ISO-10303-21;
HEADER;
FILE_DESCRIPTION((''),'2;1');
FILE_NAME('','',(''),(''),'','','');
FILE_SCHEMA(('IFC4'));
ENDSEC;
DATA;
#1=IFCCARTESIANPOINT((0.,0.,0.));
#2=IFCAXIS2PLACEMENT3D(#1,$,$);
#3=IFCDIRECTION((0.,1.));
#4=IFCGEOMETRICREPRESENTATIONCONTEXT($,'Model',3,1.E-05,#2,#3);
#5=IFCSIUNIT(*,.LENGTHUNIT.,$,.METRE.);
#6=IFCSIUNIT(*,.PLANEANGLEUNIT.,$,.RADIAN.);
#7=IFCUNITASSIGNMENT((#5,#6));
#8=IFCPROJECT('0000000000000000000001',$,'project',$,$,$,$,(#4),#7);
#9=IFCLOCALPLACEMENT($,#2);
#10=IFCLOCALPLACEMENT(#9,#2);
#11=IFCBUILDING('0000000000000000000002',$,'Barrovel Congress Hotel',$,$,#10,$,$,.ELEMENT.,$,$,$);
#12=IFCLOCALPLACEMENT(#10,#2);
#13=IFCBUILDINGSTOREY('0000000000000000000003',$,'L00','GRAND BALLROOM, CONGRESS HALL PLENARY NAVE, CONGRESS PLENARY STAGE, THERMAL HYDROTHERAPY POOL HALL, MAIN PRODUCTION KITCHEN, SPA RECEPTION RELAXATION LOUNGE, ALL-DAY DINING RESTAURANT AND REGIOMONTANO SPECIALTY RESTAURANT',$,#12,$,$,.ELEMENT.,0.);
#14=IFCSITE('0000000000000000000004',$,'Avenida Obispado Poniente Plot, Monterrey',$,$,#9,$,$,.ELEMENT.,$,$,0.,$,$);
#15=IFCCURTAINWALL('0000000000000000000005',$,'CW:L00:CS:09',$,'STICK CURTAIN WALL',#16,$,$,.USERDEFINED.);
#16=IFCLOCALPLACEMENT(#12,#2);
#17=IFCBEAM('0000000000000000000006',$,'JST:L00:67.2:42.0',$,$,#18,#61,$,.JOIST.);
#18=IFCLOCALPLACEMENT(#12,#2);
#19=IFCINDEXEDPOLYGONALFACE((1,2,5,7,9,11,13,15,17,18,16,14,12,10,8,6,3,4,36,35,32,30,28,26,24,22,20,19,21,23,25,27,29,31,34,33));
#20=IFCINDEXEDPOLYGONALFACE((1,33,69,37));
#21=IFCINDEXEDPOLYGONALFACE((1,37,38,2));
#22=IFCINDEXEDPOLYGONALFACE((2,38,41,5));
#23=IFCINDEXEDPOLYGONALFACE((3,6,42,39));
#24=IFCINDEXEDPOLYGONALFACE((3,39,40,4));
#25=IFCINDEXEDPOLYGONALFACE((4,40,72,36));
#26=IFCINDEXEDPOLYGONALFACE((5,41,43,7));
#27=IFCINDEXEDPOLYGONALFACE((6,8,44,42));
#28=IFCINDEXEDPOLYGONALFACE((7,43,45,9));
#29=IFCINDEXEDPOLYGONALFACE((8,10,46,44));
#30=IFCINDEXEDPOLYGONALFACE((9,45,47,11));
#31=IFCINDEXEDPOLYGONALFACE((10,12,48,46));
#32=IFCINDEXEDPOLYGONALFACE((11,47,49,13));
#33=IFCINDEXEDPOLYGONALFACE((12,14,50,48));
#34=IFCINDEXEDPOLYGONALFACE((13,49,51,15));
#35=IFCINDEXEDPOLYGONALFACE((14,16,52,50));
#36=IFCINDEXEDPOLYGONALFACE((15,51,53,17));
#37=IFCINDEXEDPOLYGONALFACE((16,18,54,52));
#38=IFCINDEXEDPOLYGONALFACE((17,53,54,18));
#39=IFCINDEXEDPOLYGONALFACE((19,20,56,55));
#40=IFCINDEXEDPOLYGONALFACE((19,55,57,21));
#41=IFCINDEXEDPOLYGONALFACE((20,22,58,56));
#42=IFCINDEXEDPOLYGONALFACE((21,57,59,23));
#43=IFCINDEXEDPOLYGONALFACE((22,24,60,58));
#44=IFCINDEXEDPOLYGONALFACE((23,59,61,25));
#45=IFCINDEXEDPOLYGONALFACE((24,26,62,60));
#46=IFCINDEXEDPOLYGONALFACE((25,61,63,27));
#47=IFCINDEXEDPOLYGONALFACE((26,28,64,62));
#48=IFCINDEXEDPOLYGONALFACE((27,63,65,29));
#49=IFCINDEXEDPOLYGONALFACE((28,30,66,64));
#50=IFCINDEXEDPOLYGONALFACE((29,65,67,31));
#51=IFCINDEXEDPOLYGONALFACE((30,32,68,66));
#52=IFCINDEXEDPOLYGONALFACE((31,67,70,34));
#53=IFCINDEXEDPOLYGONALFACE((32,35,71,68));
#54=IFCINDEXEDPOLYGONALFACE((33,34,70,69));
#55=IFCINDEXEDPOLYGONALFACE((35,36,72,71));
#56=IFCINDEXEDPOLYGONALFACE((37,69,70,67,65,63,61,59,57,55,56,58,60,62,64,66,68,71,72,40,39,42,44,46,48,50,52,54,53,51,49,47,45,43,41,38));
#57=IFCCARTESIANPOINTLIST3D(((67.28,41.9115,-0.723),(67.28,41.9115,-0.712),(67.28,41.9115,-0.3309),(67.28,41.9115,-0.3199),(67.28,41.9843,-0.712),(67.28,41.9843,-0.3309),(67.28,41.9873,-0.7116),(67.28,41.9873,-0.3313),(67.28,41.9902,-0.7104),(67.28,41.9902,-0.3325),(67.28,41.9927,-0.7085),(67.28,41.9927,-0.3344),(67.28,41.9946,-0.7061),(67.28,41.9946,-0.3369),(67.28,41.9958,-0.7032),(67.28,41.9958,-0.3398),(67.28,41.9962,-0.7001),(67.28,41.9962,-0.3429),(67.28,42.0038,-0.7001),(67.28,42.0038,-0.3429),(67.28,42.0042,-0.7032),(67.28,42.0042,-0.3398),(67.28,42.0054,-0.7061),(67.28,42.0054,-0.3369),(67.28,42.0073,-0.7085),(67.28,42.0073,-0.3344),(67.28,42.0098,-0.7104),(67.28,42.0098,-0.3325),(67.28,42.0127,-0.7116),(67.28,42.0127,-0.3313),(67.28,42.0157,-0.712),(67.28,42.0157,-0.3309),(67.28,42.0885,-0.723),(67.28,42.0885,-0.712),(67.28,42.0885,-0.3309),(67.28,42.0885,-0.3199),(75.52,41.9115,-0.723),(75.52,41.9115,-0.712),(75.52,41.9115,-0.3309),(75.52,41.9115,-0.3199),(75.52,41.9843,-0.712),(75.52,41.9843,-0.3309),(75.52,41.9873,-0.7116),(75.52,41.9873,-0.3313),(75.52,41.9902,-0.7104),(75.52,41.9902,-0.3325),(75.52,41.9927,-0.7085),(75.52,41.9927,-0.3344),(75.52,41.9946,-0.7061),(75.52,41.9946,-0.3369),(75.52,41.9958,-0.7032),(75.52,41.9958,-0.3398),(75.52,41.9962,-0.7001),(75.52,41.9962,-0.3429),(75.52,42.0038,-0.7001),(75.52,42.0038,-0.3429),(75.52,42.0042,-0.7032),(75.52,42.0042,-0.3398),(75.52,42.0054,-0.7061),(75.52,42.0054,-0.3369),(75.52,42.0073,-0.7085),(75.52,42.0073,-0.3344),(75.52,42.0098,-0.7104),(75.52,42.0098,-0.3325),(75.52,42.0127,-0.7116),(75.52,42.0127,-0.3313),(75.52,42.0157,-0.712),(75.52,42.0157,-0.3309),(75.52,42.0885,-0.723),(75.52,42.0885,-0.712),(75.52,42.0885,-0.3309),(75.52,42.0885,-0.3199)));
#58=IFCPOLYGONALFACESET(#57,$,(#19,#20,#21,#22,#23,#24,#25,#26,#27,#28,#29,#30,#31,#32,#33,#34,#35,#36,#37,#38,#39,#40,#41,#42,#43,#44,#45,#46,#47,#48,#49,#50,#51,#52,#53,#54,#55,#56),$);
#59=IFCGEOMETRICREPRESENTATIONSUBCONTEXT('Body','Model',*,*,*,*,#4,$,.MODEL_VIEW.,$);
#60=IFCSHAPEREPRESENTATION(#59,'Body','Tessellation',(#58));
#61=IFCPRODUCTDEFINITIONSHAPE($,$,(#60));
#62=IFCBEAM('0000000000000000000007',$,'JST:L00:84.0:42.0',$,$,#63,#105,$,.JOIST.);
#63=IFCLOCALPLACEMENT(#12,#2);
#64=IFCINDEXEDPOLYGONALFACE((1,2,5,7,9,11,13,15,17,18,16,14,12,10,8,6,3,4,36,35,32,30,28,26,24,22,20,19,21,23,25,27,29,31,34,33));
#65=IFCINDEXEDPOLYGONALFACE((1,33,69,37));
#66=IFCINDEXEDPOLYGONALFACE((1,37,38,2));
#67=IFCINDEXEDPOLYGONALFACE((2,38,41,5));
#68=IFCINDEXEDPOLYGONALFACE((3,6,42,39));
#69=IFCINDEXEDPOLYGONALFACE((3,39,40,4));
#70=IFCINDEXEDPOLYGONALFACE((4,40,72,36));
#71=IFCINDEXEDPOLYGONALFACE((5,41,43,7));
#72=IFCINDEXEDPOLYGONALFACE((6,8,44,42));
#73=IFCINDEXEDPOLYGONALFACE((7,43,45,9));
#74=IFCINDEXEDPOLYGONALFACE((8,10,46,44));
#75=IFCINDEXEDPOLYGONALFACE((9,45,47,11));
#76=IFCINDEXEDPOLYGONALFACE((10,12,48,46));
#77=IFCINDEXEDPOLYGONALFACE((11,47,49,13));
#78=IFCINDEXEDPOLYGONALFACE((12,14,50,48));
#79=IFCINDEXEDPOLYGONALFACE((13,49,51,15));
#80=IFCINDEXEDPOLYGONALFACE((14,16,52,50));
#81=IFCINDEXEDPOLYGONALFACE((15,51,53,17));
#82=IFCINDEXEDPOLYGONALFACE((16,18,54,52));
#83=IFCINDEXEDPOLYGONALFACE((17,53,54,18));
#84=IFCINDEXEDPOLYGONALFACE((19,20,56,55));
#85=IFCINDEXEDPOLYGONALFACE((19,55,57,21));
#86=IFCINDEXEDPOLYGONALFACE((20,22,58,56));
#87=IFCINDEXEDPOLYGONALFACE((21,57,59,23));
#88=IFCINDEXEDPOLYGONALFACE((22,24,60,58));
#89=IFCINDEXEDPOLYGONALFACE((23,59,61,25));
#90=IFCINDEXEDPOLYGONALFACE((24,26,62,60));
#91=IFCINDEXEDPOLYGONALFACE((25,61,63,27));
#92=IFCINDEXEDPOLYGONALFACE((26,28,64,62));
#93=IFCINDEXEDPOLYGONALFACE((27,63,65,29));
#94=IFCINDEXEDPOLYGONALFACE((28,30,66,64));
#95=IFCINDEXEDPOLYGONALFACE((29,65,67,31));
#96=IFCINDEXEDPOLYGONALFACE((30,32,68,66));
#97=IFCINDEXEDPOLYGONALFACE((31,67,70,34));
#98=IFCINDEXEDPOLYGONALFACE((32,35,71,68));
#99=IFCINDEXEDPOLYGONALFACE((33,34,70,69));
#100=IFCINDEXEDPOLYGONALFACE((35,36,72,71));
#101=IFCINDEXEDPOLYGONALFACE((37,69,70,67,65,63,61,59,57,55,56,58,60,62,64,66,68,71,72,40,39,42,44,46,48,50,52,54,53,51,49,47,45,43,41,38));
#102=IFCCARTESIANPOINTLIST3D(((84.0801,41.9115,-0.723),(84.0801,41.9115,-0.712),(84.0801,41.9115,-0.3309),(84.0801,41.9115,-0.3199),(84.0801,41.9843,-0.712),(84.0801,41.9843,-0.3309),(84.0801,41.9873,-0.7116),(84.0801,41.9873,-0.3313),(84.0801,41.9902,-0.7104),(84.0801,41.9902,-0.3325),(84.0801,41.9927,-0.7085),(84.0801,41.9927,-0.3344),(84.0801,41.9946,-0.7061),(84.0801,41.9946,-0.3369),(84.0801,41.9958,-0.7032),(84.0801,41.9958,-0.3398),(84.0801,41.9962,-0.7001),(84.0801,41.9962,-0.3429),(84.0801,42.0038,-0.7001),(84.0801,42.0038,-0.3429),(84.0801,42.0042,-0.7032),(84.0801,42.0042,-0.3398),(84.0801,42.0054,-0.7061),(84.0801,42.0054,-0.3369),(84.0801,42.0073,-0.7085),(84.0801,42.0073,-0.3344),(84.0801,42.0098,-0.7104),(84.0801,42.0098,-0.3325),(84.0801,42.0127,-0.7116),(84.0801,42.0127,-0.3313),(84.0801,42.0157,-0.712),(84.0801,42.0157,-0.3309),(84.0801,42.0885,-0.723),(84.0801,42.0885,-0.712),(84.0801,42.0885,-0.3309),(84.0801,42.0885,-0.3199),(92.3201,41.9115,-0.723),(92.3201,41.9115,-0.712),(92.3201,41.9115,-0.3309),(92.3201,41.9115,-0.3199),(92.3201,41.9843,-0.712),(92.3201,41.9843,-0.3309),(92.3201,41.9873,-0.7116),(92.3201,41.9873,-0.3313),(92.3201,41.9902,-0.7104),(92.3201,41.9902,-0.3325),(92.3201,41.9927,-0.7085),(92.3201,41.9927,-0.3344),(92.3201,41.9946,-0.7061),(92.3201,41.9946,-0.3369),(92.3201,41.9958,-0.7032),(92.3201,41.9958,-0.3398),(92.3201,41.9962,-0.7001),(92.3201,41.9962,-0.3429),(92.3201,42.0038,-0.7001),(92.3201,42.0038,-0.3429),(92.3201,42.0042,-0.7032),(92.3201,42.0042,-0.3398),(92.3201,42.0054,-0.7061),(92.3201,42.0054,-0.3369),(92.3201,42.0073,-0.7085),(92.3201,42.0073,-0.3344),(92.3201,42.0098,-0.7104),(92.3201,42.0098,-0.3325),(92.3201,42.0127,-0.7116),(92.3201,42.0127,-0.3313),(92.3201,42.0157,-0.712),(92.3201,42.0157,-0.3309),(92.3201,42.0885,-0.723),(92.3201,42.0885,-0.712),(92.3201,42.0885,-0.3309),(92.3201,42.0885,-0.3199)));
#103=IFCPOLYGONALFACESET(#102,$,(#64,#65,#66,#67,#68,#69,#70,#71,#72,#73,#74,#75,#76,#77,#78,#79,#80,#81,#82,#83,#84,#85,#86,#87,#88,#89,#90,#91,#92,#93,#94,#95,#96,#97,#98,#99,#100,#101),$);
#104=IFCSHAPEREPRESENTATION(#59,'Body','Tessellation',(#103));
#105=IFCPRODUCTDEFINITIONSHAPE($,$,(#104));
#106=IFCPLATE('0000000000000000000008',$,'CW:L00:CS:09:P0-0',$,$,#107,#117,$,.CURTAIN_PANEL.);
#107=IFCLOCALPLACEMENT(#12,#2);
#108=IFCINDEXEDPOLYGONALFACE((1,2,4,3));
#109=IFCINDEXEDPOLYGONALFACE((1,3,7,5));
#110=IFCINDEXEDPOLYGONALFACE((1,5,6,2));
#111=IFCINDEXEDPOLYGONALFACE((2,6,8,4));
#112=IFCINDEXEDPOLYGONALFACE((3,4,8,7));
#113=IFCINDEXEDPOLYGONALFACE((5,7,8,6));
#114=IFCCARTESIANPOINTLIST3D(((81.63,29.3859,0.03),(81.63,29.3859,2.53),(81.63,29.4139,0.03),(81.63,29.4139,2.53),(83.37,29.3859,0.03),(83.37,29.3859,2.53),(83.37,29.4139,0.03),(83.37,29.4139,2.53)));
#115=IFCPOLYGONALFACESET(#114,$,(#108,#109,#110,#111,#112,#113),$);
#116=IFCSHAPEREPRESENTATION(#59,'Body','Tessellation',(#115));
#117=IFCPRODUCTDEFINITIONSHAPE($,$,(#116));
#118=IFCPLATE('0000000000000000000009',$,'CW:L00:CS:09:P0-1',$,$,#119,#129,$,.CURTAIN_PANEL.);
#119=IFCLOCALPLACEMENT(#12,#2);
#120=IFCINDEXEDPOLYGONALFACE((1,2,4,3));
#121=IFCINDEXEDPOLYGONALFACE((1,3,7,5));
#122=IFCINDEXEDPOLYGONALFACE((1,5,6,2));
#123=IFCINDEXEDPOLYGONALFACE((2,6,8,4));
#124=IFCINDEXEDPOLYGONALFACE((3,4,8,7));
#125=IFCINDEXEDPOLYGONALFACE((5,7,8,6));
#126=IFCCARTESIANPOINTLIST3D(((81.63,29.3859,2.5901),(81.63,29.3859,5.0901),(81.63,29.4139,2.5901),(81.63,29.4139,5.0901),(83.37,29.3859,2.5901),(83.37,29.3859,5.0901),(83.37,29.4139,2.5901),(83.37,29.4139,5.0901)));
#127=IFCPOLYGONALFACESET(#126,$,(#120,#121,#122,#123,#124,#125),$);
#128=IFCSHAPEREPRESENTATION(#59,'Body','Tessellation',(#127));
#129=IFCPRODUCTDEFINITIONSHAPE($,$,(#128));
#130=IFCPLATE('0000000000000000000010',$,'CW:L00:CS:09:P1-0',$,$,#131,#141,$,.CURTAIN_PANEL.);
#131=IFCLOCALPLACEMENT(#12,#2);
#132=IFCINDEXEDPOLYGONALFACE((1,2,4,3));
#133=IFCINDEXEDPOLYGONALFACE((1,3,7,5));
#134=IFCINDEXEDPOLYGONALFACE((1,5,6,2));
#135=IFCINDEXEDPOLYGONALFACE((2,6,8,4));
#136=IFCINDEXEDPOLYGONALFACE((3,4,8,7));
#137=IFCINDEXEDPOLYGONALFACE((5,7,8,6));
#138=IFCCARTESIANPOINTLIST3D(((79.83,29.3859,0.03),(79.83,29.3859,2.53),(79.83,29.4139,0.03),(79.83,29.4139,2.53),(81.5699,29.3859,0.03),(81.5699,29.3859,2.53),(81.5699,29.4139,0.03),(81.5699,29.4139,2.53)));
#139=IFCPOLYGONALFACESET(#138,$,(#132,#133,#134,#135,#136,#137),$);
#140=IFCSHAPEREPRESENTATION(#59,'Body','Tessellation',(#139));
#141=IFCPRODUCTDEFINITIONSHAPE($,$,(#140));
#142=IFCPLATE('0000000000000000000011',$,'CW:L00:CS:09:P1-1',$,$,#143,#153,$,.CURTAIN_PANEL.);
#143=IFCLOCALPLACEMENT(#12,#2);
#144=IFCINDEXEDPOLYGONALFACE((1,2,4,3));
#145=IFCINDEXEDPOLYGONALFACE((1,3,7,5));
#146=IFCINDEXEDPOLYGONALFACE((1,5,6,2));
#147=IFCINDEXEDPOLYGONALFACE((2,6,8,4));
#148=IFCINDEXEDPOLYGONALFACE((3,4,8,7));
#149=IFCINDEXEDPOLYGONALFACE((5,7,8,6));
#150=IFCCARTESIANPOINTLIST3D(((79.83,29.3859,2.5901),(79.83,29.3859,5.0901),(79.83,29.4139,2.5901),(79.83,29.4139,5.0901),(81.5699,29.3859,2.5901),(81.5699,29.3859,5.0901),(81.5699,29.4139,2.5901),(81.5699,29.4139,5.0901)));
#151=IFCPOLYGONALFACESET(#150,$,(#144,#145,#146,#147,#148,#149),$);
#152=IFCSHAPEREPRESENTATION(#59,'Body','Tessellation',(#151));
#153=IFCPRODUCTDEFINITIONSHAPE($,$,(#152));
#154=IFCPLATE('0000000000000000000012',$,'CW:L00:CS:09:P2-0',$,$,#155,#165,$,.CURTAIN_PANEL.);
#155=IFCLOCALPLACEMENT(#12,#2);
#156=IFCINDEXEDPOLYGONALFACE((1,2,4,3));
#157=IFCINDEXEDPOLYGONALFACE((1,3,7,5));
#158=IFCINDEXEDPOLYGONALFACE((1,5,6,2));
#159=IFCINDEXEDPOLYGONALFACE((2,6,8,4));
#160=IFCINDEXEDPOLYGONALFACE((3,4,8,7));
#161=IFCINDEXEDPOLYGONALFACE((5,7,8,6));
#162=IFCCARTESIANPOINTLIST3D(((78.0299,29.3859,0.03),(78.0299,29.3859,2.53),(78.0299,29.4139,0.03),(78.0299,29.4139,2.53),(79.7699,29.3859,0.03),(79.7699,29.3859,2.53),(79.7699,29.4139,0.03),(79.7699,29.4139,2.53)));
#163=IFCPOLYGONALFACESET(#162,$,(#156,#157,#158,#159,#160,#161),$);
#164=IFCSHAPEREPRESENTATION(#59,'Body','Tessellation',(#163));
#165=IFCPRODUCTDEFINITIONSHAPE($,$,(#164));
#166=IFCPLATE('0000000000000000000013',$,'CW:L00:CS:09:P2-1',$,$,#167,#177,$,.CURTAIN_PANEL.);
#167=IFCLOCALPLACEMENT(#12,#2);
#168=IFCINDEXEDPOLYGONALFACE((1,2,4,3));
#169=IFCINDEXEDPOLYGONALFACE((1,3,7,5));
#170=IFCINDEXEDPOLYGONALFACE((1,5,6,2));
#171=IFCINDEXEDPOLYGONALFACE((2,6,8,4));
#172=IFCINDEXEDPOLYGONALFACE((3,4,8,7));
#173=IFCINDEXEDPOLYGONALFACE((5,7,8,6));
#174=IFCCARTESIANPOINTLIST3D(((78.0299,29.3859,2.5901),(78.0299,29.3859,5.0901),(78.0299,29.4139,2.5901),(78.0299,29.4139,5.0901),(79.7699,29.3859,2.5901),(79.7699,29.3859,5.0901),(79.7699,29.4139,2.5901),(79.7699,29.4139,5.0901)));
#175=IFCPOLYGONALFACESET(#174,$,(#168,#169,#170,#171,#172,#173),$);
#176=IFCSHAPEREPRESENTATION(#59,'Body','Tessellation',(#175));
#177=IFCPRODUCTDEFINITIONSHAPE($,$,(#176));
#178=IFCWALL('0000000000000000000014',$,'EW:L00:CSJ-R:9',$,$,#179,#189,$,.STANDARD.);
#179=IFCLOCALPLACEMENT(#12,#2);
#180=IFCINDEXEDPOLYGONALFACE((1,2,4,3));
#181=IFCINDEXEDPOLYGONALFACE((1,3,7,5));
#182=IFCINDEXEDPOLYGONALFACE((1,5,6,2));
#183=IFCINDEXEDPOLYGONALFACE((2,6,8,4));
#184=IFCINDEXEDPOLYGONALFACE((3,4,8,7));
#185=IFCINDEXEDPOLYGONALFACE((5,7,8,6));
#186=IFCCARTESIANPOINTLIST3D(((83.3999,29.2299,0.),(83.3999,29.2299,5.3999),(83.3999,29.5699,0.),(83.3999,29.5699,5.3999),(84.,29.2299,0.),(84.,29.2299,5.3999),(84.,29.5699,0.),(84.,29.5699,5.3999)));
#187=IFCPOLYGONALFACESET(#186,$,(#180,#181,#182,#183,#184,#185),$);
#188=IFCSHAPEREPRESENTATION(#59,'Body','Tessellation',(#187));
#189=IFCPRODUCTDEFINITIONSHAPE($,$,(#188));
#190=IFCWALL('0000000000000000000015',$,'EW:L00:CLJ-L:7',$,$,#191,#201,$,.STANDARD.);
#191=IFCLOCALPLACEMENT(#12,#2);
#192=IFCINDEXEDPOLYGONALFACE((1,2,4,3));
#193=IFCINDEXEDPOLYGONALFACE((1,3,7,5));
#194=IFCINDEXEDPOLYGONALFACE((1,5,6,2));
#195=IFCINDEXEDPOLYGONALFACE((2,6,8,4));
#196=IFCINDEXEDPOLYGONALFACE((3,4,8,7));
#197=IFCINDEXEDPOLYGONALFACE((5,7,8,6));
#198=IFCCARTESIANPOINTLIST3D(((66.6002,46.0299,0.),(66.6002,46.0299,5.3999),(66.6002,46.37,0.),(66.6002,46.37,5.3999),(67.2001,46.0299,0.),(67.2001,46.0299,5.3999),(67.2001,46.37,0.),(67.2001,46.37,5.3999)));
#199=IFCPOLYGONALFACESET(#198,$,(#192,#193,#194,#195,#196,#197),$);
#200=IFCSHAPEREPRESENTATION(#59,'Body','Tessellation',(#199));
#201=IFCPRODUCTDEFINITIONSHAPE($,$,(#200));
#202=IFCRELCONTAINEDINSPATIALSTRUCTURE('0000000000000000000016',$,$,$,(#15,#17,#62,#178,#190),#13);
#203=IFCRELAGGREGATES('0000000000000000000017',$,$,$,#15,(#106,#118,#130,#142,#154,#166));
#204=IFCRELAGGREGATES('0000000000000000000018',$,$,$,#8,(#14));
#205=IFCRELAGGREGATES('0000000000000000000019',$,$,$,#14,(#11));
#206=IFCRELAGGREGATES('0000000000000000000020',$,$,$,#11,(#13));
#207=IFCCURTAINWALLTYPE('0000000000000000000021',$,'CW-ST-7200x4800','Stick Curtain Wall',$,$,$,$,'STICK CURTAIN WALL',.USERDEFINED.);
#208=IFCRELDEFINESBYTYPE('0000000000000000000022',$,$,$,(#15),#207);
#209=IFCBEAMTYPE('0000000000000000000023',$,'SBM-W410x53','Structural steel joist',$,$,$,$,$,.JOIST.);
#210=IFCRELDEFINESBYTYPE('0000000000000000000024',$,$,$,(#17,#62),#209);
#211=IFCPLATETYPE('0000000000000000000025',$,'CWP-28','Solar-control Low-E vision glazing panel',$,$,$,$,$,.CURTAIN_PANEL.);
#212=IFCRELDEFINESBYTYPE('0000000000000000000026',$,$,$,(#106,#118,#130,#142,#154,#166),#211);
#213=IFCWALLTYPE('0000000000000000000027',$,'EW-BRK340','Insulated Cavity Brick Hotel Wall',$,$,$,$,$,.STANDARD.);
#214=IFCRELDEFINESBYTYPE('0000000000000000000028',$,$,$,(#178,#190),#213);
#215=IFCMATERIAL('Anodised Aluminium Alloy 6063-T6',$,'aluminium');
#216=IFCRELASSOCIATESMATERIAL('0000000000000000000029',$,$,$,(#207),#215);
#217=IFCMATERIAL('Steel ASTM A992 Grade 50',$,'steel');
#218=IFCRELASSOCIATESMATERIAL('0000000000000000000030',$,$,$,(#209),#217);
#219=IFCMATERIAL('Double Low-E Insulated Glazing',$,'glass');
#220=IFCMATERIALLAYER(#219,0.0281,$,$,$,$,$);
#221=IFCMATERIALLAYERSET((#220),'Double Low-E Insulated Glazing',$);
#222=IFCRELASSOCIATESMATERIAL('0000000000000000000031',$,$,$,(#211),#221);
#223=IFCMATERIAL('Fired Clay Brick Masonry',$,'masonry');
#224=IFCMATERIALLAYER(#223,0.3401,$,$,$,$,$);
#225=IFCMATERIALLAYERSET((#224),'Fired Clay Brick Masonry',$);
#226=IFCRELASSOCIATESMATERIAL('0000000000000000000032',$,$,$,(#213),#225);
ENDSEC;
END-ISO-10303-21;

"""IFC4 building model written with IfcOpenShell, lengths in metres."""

from ifc_helpers import new_model, si_unit, direction, frame, frame_2d, origin, origin_2d, place, context, subcontext, project, spatial, rectangle, i_section, extrude, material, layer, layer_set, material_profile, profile_set, type_object, element, aggregate, save


model = new_model("IFC4")

# Units and contexts
model_context = context("Model", 3, precision=1e-05, world=origin(), true_north=direction((0.0, 1.0)))
body_context = subcontext(model_context, "Body", "Model", "MODEL_VIEW")
ifc_project = project(units=[si_unit("LENGTHUNIT", "METRE"), si_unit("PLANEANGLEUNIT", "RADIAN")], contexts=[model_context])

# Site, building, storey
site_placement = place(None, origin())
site = spatial("IfcSite", under=ifc_project, at=site_placement, Name="Avenida Obispado Poniente Plot, Monterrey", CompositionType="ELEMENT", RefElevation=0.0)
building_placement = place(site_placement, origin())
building = spatial("IfcBuilding", under=site, at=building_placement, Name="Barrovel Congress Hotel", CompositionType="ELEMENT")
storey_placement = place(building_placement, origin())
storey = spatial("IfcBuildingStorey", under=building, at=storey_placement, Name="L00", Description="GRAND BALLROOM, CONGRESS HALL PLENARY NAVE, CONGRESS PLENARY STAGE, THERMAL HYDROTHERAPY POOL HALL, MAIN PRODUCTION KITCHEN, SPA RECEPTION RELAXATION LOUNGE, ALL-DAY DINING RESTAURANT AND REGIOMONTANO SPECIALTY RESTAURANT", CompositionType="ELEMENT", Elevation=0.0)

# Curtain wall
ifc_material_1 = material(Name="Anodised Aluminium Alloy 6063-T6", Category="aluminium")
curtain_wall_type = type_object("IfcCurtainWallType", Name="CW-ST-7200x4800", Description="Stick Curtain Wall", ElementType="STICK CURTAIN WALL", PredefinedType="USERDEFINED", material=ifc_material_1)
curtain_wall_placement = place(storey_placement, origin())
curtain_wall = element("IfcCurtainWall", 1, at=curtain_wall_placement, inside=storey, type_object=curtain_wall_type, Name="CW:L00:CS:09", ObjectType="STICK CURTAIN WALL", PredefinedType="USERDEFINED")

# Beams
ifc_material_2 = material(Name="Steel ASTM A992 Grade 50", Category="steel")
ifc_material_profile_1 = material_profile(ifc_material_2, i_section(OverallWidth=0.177, OverallDepth=0.4031, WebThickness=0.0076, FlangeThickness=0.011, FilletRadius=0.012, at=origin_2d()), Name="W410x53")
ifc_profile_set_1 = profile_set([ifc_material_profile_1], Name="Steel ASTM A992 Grade 50")
beam_type_1 = type_object("IfcBeamType", Name="SBM-W410x53", Description="Structural steel joist", PredefinedType="JOIST", material=ifc_profile_set_1)
for number, where, z_axis, x_axis, name in (
    (2, (67.28, 42.0, -0.5215), (1.0, 0.0, 0.0), (0.0, 1.0, 0.0), "JST:L00:67.2:42.0"),
    (3, (84.0801, 42.0, -0.5215), (1.0, 0.0, 0.0), (0.0, 1.0, 0.0), "JST:L00:84.0:42.0"),
):
    element("IfcBeam", number, at=place(storey_placement, frame(where, z_axis=z_axis, x_axis=x_axis)), inside=storey, type_object=beam_type_1, Name=name, PredefinedType="JOIST", context=body_context, shape_type="SweptSolid", body=[
        extrude(i_section(OverallWidth=0.177, OverallDepth=0.4031, WebThickness=0.0076, FlangeThickness=0.011, FilletRadius=0.012, at=origin_2d()), origin(), (0.0, 0.0, 1.0), 8.24),
    ])

# Plates
ifc_material_3 = material(Name="Double Low-E Insulated Glazing", Category="glass")
ifc_layer_1 = layer(ifc_material_3, 0.0281)
ifc_layer_set_1 = layer_set([ifc_layer_1], Name="Double Low-E Insulated Glazing")
plate_type = type_object("IfcPlateType", Name="CWP-28", Description="Solar-control Low-E vision glazing panel", PredefinedType="CURTAIN_PANEL", material=ifc_layer_set_1)
plate_1_placement = place(storey_placement, frame((82.5, 29.3999, 0.03), z_axis=(0.0, 0.0, 1.0), x_axis=(-1.0, 0.0, 0.0)))
plate_1 = element("IfcPlate", 4, at=plate_1_placement, type_object=plate_type, Name="CW:L00:CS:09:P0-0", PredefinedType="CURTAIN_PANEL", context=body_context, shape_type="SweptSolid", body=[
    extrude(rectangle(XDim=1.74, YDim=0.0281, at=origin_2d()), origin(), (0.0, 0.0, 1.0), 2.5),
])
plate_2_placement = place(storey_placement, frame((82.5, 29.3999, 2.5901), z_axis=(0.0, 0.0, 1.0), x_axis=(-1.0, 0.0, 0.0)))
plate_2 = element("IfcPlate", 5, at=plate_2_placement, type_object=plate_type, Name="CW:L00:CS:09:P0-1", PredefinedType="CURTAIN_PANEL", context=body_context, shape_type="SweptSolid", body=[
    extrude(rectangle(XDim=1.74, YDim=0.0281, at=origin_2d()), origin(), (0.0, 0.0, 1.0), 2.5),
])
plate_3_placement = place(storey_placement, frame((80.7, 29.3999, 0.03), z_axis=(0.0, 0.0, 1.0), x_axis=(-1.0, 0.0, 0.0)))
plate_3 = element("IfcPlate", 6, at=plate_3_placement, type_object=plate_type, Name="CW:L00:CS:09:P1-0", PredefinedType="CURTAIN_PANEL", context=body_context, shape_type="SweptSolid", body=[
    extrude(rectangle(XDim=1.74, YDim=0.0281, at=origin_2d()), origin(), (0.0, 0.0, 1.0), 2.5),
])
plate_4_placement = place(storey_placement, frame((80.7, 29.3999, 2.5901), z_axis=(0.0, 0.0, 1.0), x_axis=(-1.0, 0.0, 0.0)))
plate_4 = element("IfcPlate", 7, at=plate_4_placement, type_object=plate_type, Name="CW:L00:CS:09:P1-1", PredefinedType="CURTAIN_PANEL", context=body_context, shape_type="SweptSolid", body=[
    extrude(rectangle(XDim=1.74, YDim=0.0281, at=origin_2d()), origin(), (0.0, 0.0, 1.0), 2.5),
])
plate_5_placement = place(storey_placement, frame((78.8999, 29.3999, 0.03), z_axis=(0.0, 0.0, 1.0), x_axis=(-1.0, 0.0, 0.0)))
plate_5 = element("IfcPlate", 8, at=plate_5_placement, type_object=plate_type, Name="CW:L00:CS:09:P2-0", PredefinedType="CURTAIN_PANEL", context=body_context, shape_type="SweptSolid", body=[
    extrude(rectangle(XDim=1.74, YDim=0.0281, at=origin_2d()), origin(), (0.0, 0.0, 1.0), 2.5),
])
plate_6_placement = place(storey_placement, frame((78.8999, 29.3999, 2.5901), z_axis=(0.0, 0.0, 1.0), x_axis=(-1.0, 0.0, 0.0)))
plate_6 = element("IfcPlate", 9, at=plate_6_placement, type_object=plate_type, Name="CW:L00:CS:09:P2-1", PredefinedType="CURTAIN_PANEL", context=body_context, shape_type="SweptSolid", body=[
    extrude(rectangle(XDim=1.74, YDim=0.0281, at=origin_2d()), origin(), (0.0, 0.0, 1.0), 2.5),
])
aggregate(curtain_wall, [plate_1, plate_2, plate_3, plate_4, plate_5, plate_6])

# Walls
ifc_material_4 = material(Name="Fired Clay Brick Masonry", Category="masonry")
ifc_layer_2 = layer(ifc_material_4, 0.3401)
ifc_layer_set_2 = layer_set([ifc_layer_2], Name="Fired Clay Brick Masonry")
wall_type = type_object("IfcWallType", Name="EW-BRK340", Description="Insulated Cavity Brick Hotel Wall", PredefinedType="STANDARD", material=ifc_layer_set_2)
wall_1_placement = place(storey_placement, frame((84.0, 29.3999, 0.0), z_axis=(0.0, 0.0, 1.0), x_axis=(-1.0, 0.0, 0.0)))
element("IfcWall", 10, at=wall_1_placement, inside=storey, type_object=wall_type, Name="EW:L00:CSJ-R:9", PredefinedType="STANDARD", context=body_context, shape_type="SweptSolid", body=[
    extrude(rectangle(XDim=0.6001, YDim=0.3401, at=frame_2d((0.3, 0.0))), origin(), (0.0, 0.0, 1.0), 5.3999),
])
wall_2_placement = place(storey_placement, frame((67.2, 46.2, 0.0), z_axis=(0.0, 0.0, 1.0), x_axis=(-1.0, 0.0, 0.0)))
element("IfcWall", 11, at=wall_2_placement, inside=storey, type_object=wall_type, Name="EW:L00:CLJ-L:7", PredefinedType="STANDARD", context=body_context, shape_type="SweptSolid", body=[
    extrude(rectangle(XDim=0.5999, YDim=0.3401, at=frame_2d((0.2998, 0.0))), origin(), (0.0, 0.0, 1.0), 5.3999),
])

save(model, "model.ifc")
